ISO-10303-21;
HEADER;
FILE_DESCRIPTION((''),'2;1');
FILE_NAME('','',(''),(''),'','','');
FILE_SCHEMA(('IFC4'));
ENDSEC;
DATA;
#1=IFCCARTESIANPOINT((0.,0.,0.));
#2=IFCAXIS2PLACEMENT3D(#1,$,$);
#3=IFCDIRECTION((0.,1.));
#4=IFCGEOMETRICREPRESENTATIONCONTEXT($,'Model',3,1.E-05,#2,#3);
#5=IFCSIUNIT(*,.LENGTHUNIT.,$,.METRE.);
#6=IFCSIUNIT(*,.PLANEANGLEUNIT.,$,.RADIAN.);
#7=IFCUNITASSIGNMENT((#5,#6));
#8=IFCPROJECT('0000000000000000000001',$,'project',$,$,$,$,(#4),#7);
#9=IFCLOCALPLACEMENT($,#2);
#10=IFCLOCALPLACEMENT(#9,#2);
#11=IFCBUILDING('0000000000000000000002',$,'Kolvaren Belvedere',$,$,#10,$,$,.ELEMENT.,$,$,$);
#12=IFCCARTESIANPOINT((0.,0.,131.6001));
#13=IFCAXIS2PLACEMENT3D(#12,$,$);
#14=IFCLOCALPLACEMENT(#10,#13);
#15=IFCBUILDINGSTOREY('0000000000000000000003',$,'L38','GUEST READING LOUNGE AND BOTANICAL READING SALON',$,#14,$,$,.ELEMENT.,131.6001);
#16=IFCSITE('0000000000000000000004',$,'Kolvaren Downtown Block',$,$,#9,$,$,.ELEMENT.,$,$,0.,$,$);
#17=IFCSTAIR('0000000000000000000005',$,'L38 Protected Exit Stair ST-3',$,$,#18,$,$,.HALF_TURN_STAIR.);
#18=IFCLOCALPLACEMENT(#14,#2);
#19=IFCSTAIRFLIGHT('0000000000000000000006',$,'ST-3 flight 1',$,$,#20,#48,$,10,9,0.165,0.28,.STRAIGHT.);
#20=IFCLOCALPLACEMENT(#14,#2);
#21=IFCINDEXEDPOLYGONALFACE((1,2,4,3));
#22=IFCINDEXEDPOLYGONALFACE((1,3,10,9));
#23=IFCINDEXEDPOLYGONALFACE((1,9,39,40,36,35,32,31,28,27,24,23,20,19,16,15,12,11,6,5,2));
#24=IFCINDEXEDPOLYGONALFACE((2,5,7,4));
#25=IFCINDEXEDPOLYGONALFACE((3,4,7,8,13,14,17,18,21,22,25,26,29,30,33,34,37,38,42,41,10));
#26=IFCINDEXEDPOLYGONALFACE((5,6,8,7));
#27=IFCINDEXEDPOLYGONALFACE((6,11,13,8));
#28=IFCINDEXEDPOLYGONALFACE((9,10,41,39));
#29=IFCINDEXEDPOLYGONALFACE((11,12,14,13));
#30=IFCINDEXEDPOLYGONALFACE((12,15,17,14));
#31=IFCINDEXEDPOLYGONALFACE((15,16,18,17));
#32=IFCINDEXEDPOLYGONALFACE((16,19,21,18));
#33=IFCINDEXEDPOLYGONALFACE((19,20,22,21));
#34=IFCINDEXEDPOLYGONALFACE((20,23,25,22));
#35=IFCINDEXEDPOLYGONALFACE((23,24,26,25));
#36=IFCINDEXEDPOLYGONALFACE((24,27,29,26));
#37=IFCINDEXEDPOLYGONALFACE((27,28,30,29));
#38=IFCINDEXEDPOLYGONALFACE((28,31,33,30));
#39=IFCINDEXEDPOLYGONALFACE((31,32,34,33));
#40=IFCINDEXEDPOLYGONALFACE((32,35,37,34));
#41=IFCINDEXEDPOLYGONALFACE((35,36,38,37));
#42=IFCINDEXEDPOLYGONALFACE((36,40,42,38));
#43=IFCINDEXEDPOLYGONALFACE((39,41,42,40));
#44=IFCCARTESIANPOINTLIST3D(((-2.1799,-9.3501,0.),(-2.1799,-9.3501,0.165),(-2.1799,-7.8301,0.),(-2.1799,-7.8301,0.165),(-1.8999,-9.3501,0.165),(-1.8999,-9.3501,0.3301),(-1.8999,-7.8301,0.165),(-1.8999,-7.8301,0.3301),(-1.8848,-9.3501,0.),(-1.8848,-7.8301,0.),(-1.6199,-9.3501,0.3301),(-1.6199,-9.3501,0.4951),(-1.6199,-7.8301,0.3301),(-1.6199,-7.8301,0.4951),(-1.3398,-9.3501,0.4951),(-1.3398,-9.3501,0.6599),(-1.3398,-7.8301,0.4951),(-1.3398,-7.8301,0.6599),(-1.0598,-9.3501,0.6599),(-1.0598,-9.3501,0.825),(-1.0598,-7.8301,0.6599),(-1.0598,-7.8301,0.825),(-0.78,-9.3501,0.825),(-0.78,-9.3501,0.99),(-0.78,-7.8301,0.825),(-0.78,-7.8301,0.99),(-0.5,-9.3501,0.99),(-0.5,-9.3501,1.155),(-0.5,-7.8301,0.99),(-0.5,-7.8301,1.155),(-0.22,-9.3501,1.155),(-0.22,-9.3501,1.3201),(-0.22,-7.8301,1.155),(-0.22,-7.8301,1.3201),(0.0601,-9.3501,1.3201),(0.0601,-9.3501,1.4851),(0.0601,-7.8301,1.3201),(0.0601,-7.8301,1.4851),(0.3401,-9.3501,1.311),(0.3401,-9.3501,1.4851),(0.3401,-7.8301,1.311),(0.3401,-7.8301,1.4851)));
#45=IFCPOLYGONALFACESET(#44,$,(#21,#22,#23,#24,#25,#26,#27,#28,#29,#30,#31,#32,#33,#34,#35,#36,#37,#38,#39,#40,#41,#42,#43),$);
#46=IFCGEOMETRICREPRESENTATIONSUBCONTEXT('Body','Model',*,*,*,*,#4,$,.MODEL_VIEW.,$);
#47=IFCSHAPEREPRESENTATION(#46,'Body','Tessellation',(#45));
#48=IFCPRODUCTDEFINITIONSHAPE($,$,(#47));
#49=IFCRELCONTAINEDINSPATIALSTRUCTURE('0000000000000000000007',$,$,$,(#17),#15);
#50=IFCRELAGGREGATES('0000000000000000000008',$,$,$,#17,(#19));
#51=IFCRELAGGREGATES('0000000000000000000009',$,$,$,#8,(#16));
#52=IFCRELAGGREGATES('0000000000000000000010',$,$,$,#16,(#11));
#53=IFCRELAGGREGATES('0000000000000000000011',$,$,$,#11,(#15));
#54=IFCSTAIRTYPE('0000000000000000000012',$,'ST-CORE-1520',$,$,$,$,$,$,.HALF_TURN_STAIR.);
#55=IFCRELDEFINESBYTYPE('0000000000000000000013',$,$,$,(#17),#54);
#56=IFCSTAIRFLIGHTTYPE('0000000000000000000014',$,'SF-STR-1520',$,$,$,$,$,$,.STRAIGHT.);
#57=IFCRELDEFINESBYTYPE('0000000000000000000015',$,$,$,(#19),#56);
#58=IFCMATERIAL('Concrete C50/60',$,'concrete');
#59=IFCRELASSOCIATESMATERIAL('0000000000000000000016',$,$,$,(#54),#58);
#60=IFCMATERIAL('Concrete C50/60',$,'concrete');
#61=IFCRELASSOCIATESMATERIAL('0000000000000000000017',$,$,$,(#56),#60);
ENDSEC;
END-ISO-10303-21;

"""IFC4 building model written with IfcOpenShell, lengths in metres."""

from ifc_helpers import new_model, si_unit, direction, frame, origin, place, context, subcontext, project, spatial, polyline, outline, extrude, material, type_object, element, aggregate, save


model = new_model("IFC4")

# Units and contexts
model_context = context("Model", 3, precision=1e-05, world=origin(), true_north=direction((0.0, 1.0)))
body_context = subcontext(model_context, "Body", "Model", "MODEL_VIEW")
ifc_project = project(units=[si_unit("LENGTHUNIT", "METRE"), si_unit("PLANEANGLEUNIT", "RADIAN")], contexts=[model_context])

# Site, building, storey
site_placement = place(None, origin())
site = spatial("IfcSite", under=ifc_project, at=site_placement, Name="Kolvaren Downtown Block", CompositionType="ELEMENT", RefElevation=0.0)
building_placement = place(site_placement, origin())
building = spatial("IfcBuilding", under=site, at=building_placement, Name="Kolvaren Belvedere", CompositionType="ELEMENT")
storey_placement = place(building_placement, frame((0.0, 0.0, 131.6001)))
storey = spatial("IfcBuildingStorey", under=building, at=storey_placement, Name="L38", Description="GUEST READING LOUNGE AND BOTANICAL READING SALON", CompositionType="ELEMENT", Elevation=131.6001)

# Stair, stair flight
ifc_material_1 = material(Name="Concrete C50/60", Category="concrete")
stair_type = type_object("IfcStairType", Name="ST-CORE-1520", PredefinedType="HALF_TURN_STAIR", material=ifc_material_1)
stair_placement = place(storey_placement, origin())
stair = element("IfcStair", 1, at=stair_placement, inside=storey, type_object=stair_type, Name="L38 Protected Exit Stair ST-3", PredefinedType="HALF_TURN_STAIR")
ifc_material_2 = material(Name="Concrete C50/60", Category="concrete")
stair_flight_type = type_object("IfcStairFlightType", Name="SF-STR-1520", PredefinedType="STRAIGHT", material=ifc_material_2)
stair_flight_placement = place(storey_placement, frame((-2.1799, -8.5901, 0.0), z_axis=(0.0, 0.0, 1.0), x_axis=(1.0, 0.0, 0.0)))
stair_flight = element("IfcStairFlight", 2, at=stair_flight_placement, type_object=stair_flight_type, Name="ST-3 flight 1", NumberOfRisers=10, NumberOfTreads=9, PredefinedType="STRAIGHT", RiserHeight=0.165, TreadLength=0.28, context=body_context, shape_type="SweptSolid", body=[
    extrude(outline(polyline([(0.0, 0.0), (0.0, 0.165), (0.28, 0.165), (0.28, 0.3301), (0.5601, 0.3301), (0.5601, 0.4951), (0.8401, 0.4951), (0.8401, 0.6599), (1.1201, 0.6599), (1.1201, 0.825), (1.3999, 0.825), (1.3999, 0.99), (1.6799, 0.99), (1.6799, 1.155), (1.96, 1.155), (1.96, 1.3201), (2.24, 1.3201), (2.24, 1.4851), (2.52, 1.4851), (2.52, 1.6499), (2.52, 1.311), (0.2952, 0.0), (0.0, 0.0)])), frame((0.0, 0.76, 0.0), z_axis=(0.0, -1.0, 0.0), x_axis=(1.0, 0.0, 0.0)), (0.0, 0.0, 1.0), 1.52),
])
aggregate(stair, [stair_flight])

save(model, "model.ifc")
